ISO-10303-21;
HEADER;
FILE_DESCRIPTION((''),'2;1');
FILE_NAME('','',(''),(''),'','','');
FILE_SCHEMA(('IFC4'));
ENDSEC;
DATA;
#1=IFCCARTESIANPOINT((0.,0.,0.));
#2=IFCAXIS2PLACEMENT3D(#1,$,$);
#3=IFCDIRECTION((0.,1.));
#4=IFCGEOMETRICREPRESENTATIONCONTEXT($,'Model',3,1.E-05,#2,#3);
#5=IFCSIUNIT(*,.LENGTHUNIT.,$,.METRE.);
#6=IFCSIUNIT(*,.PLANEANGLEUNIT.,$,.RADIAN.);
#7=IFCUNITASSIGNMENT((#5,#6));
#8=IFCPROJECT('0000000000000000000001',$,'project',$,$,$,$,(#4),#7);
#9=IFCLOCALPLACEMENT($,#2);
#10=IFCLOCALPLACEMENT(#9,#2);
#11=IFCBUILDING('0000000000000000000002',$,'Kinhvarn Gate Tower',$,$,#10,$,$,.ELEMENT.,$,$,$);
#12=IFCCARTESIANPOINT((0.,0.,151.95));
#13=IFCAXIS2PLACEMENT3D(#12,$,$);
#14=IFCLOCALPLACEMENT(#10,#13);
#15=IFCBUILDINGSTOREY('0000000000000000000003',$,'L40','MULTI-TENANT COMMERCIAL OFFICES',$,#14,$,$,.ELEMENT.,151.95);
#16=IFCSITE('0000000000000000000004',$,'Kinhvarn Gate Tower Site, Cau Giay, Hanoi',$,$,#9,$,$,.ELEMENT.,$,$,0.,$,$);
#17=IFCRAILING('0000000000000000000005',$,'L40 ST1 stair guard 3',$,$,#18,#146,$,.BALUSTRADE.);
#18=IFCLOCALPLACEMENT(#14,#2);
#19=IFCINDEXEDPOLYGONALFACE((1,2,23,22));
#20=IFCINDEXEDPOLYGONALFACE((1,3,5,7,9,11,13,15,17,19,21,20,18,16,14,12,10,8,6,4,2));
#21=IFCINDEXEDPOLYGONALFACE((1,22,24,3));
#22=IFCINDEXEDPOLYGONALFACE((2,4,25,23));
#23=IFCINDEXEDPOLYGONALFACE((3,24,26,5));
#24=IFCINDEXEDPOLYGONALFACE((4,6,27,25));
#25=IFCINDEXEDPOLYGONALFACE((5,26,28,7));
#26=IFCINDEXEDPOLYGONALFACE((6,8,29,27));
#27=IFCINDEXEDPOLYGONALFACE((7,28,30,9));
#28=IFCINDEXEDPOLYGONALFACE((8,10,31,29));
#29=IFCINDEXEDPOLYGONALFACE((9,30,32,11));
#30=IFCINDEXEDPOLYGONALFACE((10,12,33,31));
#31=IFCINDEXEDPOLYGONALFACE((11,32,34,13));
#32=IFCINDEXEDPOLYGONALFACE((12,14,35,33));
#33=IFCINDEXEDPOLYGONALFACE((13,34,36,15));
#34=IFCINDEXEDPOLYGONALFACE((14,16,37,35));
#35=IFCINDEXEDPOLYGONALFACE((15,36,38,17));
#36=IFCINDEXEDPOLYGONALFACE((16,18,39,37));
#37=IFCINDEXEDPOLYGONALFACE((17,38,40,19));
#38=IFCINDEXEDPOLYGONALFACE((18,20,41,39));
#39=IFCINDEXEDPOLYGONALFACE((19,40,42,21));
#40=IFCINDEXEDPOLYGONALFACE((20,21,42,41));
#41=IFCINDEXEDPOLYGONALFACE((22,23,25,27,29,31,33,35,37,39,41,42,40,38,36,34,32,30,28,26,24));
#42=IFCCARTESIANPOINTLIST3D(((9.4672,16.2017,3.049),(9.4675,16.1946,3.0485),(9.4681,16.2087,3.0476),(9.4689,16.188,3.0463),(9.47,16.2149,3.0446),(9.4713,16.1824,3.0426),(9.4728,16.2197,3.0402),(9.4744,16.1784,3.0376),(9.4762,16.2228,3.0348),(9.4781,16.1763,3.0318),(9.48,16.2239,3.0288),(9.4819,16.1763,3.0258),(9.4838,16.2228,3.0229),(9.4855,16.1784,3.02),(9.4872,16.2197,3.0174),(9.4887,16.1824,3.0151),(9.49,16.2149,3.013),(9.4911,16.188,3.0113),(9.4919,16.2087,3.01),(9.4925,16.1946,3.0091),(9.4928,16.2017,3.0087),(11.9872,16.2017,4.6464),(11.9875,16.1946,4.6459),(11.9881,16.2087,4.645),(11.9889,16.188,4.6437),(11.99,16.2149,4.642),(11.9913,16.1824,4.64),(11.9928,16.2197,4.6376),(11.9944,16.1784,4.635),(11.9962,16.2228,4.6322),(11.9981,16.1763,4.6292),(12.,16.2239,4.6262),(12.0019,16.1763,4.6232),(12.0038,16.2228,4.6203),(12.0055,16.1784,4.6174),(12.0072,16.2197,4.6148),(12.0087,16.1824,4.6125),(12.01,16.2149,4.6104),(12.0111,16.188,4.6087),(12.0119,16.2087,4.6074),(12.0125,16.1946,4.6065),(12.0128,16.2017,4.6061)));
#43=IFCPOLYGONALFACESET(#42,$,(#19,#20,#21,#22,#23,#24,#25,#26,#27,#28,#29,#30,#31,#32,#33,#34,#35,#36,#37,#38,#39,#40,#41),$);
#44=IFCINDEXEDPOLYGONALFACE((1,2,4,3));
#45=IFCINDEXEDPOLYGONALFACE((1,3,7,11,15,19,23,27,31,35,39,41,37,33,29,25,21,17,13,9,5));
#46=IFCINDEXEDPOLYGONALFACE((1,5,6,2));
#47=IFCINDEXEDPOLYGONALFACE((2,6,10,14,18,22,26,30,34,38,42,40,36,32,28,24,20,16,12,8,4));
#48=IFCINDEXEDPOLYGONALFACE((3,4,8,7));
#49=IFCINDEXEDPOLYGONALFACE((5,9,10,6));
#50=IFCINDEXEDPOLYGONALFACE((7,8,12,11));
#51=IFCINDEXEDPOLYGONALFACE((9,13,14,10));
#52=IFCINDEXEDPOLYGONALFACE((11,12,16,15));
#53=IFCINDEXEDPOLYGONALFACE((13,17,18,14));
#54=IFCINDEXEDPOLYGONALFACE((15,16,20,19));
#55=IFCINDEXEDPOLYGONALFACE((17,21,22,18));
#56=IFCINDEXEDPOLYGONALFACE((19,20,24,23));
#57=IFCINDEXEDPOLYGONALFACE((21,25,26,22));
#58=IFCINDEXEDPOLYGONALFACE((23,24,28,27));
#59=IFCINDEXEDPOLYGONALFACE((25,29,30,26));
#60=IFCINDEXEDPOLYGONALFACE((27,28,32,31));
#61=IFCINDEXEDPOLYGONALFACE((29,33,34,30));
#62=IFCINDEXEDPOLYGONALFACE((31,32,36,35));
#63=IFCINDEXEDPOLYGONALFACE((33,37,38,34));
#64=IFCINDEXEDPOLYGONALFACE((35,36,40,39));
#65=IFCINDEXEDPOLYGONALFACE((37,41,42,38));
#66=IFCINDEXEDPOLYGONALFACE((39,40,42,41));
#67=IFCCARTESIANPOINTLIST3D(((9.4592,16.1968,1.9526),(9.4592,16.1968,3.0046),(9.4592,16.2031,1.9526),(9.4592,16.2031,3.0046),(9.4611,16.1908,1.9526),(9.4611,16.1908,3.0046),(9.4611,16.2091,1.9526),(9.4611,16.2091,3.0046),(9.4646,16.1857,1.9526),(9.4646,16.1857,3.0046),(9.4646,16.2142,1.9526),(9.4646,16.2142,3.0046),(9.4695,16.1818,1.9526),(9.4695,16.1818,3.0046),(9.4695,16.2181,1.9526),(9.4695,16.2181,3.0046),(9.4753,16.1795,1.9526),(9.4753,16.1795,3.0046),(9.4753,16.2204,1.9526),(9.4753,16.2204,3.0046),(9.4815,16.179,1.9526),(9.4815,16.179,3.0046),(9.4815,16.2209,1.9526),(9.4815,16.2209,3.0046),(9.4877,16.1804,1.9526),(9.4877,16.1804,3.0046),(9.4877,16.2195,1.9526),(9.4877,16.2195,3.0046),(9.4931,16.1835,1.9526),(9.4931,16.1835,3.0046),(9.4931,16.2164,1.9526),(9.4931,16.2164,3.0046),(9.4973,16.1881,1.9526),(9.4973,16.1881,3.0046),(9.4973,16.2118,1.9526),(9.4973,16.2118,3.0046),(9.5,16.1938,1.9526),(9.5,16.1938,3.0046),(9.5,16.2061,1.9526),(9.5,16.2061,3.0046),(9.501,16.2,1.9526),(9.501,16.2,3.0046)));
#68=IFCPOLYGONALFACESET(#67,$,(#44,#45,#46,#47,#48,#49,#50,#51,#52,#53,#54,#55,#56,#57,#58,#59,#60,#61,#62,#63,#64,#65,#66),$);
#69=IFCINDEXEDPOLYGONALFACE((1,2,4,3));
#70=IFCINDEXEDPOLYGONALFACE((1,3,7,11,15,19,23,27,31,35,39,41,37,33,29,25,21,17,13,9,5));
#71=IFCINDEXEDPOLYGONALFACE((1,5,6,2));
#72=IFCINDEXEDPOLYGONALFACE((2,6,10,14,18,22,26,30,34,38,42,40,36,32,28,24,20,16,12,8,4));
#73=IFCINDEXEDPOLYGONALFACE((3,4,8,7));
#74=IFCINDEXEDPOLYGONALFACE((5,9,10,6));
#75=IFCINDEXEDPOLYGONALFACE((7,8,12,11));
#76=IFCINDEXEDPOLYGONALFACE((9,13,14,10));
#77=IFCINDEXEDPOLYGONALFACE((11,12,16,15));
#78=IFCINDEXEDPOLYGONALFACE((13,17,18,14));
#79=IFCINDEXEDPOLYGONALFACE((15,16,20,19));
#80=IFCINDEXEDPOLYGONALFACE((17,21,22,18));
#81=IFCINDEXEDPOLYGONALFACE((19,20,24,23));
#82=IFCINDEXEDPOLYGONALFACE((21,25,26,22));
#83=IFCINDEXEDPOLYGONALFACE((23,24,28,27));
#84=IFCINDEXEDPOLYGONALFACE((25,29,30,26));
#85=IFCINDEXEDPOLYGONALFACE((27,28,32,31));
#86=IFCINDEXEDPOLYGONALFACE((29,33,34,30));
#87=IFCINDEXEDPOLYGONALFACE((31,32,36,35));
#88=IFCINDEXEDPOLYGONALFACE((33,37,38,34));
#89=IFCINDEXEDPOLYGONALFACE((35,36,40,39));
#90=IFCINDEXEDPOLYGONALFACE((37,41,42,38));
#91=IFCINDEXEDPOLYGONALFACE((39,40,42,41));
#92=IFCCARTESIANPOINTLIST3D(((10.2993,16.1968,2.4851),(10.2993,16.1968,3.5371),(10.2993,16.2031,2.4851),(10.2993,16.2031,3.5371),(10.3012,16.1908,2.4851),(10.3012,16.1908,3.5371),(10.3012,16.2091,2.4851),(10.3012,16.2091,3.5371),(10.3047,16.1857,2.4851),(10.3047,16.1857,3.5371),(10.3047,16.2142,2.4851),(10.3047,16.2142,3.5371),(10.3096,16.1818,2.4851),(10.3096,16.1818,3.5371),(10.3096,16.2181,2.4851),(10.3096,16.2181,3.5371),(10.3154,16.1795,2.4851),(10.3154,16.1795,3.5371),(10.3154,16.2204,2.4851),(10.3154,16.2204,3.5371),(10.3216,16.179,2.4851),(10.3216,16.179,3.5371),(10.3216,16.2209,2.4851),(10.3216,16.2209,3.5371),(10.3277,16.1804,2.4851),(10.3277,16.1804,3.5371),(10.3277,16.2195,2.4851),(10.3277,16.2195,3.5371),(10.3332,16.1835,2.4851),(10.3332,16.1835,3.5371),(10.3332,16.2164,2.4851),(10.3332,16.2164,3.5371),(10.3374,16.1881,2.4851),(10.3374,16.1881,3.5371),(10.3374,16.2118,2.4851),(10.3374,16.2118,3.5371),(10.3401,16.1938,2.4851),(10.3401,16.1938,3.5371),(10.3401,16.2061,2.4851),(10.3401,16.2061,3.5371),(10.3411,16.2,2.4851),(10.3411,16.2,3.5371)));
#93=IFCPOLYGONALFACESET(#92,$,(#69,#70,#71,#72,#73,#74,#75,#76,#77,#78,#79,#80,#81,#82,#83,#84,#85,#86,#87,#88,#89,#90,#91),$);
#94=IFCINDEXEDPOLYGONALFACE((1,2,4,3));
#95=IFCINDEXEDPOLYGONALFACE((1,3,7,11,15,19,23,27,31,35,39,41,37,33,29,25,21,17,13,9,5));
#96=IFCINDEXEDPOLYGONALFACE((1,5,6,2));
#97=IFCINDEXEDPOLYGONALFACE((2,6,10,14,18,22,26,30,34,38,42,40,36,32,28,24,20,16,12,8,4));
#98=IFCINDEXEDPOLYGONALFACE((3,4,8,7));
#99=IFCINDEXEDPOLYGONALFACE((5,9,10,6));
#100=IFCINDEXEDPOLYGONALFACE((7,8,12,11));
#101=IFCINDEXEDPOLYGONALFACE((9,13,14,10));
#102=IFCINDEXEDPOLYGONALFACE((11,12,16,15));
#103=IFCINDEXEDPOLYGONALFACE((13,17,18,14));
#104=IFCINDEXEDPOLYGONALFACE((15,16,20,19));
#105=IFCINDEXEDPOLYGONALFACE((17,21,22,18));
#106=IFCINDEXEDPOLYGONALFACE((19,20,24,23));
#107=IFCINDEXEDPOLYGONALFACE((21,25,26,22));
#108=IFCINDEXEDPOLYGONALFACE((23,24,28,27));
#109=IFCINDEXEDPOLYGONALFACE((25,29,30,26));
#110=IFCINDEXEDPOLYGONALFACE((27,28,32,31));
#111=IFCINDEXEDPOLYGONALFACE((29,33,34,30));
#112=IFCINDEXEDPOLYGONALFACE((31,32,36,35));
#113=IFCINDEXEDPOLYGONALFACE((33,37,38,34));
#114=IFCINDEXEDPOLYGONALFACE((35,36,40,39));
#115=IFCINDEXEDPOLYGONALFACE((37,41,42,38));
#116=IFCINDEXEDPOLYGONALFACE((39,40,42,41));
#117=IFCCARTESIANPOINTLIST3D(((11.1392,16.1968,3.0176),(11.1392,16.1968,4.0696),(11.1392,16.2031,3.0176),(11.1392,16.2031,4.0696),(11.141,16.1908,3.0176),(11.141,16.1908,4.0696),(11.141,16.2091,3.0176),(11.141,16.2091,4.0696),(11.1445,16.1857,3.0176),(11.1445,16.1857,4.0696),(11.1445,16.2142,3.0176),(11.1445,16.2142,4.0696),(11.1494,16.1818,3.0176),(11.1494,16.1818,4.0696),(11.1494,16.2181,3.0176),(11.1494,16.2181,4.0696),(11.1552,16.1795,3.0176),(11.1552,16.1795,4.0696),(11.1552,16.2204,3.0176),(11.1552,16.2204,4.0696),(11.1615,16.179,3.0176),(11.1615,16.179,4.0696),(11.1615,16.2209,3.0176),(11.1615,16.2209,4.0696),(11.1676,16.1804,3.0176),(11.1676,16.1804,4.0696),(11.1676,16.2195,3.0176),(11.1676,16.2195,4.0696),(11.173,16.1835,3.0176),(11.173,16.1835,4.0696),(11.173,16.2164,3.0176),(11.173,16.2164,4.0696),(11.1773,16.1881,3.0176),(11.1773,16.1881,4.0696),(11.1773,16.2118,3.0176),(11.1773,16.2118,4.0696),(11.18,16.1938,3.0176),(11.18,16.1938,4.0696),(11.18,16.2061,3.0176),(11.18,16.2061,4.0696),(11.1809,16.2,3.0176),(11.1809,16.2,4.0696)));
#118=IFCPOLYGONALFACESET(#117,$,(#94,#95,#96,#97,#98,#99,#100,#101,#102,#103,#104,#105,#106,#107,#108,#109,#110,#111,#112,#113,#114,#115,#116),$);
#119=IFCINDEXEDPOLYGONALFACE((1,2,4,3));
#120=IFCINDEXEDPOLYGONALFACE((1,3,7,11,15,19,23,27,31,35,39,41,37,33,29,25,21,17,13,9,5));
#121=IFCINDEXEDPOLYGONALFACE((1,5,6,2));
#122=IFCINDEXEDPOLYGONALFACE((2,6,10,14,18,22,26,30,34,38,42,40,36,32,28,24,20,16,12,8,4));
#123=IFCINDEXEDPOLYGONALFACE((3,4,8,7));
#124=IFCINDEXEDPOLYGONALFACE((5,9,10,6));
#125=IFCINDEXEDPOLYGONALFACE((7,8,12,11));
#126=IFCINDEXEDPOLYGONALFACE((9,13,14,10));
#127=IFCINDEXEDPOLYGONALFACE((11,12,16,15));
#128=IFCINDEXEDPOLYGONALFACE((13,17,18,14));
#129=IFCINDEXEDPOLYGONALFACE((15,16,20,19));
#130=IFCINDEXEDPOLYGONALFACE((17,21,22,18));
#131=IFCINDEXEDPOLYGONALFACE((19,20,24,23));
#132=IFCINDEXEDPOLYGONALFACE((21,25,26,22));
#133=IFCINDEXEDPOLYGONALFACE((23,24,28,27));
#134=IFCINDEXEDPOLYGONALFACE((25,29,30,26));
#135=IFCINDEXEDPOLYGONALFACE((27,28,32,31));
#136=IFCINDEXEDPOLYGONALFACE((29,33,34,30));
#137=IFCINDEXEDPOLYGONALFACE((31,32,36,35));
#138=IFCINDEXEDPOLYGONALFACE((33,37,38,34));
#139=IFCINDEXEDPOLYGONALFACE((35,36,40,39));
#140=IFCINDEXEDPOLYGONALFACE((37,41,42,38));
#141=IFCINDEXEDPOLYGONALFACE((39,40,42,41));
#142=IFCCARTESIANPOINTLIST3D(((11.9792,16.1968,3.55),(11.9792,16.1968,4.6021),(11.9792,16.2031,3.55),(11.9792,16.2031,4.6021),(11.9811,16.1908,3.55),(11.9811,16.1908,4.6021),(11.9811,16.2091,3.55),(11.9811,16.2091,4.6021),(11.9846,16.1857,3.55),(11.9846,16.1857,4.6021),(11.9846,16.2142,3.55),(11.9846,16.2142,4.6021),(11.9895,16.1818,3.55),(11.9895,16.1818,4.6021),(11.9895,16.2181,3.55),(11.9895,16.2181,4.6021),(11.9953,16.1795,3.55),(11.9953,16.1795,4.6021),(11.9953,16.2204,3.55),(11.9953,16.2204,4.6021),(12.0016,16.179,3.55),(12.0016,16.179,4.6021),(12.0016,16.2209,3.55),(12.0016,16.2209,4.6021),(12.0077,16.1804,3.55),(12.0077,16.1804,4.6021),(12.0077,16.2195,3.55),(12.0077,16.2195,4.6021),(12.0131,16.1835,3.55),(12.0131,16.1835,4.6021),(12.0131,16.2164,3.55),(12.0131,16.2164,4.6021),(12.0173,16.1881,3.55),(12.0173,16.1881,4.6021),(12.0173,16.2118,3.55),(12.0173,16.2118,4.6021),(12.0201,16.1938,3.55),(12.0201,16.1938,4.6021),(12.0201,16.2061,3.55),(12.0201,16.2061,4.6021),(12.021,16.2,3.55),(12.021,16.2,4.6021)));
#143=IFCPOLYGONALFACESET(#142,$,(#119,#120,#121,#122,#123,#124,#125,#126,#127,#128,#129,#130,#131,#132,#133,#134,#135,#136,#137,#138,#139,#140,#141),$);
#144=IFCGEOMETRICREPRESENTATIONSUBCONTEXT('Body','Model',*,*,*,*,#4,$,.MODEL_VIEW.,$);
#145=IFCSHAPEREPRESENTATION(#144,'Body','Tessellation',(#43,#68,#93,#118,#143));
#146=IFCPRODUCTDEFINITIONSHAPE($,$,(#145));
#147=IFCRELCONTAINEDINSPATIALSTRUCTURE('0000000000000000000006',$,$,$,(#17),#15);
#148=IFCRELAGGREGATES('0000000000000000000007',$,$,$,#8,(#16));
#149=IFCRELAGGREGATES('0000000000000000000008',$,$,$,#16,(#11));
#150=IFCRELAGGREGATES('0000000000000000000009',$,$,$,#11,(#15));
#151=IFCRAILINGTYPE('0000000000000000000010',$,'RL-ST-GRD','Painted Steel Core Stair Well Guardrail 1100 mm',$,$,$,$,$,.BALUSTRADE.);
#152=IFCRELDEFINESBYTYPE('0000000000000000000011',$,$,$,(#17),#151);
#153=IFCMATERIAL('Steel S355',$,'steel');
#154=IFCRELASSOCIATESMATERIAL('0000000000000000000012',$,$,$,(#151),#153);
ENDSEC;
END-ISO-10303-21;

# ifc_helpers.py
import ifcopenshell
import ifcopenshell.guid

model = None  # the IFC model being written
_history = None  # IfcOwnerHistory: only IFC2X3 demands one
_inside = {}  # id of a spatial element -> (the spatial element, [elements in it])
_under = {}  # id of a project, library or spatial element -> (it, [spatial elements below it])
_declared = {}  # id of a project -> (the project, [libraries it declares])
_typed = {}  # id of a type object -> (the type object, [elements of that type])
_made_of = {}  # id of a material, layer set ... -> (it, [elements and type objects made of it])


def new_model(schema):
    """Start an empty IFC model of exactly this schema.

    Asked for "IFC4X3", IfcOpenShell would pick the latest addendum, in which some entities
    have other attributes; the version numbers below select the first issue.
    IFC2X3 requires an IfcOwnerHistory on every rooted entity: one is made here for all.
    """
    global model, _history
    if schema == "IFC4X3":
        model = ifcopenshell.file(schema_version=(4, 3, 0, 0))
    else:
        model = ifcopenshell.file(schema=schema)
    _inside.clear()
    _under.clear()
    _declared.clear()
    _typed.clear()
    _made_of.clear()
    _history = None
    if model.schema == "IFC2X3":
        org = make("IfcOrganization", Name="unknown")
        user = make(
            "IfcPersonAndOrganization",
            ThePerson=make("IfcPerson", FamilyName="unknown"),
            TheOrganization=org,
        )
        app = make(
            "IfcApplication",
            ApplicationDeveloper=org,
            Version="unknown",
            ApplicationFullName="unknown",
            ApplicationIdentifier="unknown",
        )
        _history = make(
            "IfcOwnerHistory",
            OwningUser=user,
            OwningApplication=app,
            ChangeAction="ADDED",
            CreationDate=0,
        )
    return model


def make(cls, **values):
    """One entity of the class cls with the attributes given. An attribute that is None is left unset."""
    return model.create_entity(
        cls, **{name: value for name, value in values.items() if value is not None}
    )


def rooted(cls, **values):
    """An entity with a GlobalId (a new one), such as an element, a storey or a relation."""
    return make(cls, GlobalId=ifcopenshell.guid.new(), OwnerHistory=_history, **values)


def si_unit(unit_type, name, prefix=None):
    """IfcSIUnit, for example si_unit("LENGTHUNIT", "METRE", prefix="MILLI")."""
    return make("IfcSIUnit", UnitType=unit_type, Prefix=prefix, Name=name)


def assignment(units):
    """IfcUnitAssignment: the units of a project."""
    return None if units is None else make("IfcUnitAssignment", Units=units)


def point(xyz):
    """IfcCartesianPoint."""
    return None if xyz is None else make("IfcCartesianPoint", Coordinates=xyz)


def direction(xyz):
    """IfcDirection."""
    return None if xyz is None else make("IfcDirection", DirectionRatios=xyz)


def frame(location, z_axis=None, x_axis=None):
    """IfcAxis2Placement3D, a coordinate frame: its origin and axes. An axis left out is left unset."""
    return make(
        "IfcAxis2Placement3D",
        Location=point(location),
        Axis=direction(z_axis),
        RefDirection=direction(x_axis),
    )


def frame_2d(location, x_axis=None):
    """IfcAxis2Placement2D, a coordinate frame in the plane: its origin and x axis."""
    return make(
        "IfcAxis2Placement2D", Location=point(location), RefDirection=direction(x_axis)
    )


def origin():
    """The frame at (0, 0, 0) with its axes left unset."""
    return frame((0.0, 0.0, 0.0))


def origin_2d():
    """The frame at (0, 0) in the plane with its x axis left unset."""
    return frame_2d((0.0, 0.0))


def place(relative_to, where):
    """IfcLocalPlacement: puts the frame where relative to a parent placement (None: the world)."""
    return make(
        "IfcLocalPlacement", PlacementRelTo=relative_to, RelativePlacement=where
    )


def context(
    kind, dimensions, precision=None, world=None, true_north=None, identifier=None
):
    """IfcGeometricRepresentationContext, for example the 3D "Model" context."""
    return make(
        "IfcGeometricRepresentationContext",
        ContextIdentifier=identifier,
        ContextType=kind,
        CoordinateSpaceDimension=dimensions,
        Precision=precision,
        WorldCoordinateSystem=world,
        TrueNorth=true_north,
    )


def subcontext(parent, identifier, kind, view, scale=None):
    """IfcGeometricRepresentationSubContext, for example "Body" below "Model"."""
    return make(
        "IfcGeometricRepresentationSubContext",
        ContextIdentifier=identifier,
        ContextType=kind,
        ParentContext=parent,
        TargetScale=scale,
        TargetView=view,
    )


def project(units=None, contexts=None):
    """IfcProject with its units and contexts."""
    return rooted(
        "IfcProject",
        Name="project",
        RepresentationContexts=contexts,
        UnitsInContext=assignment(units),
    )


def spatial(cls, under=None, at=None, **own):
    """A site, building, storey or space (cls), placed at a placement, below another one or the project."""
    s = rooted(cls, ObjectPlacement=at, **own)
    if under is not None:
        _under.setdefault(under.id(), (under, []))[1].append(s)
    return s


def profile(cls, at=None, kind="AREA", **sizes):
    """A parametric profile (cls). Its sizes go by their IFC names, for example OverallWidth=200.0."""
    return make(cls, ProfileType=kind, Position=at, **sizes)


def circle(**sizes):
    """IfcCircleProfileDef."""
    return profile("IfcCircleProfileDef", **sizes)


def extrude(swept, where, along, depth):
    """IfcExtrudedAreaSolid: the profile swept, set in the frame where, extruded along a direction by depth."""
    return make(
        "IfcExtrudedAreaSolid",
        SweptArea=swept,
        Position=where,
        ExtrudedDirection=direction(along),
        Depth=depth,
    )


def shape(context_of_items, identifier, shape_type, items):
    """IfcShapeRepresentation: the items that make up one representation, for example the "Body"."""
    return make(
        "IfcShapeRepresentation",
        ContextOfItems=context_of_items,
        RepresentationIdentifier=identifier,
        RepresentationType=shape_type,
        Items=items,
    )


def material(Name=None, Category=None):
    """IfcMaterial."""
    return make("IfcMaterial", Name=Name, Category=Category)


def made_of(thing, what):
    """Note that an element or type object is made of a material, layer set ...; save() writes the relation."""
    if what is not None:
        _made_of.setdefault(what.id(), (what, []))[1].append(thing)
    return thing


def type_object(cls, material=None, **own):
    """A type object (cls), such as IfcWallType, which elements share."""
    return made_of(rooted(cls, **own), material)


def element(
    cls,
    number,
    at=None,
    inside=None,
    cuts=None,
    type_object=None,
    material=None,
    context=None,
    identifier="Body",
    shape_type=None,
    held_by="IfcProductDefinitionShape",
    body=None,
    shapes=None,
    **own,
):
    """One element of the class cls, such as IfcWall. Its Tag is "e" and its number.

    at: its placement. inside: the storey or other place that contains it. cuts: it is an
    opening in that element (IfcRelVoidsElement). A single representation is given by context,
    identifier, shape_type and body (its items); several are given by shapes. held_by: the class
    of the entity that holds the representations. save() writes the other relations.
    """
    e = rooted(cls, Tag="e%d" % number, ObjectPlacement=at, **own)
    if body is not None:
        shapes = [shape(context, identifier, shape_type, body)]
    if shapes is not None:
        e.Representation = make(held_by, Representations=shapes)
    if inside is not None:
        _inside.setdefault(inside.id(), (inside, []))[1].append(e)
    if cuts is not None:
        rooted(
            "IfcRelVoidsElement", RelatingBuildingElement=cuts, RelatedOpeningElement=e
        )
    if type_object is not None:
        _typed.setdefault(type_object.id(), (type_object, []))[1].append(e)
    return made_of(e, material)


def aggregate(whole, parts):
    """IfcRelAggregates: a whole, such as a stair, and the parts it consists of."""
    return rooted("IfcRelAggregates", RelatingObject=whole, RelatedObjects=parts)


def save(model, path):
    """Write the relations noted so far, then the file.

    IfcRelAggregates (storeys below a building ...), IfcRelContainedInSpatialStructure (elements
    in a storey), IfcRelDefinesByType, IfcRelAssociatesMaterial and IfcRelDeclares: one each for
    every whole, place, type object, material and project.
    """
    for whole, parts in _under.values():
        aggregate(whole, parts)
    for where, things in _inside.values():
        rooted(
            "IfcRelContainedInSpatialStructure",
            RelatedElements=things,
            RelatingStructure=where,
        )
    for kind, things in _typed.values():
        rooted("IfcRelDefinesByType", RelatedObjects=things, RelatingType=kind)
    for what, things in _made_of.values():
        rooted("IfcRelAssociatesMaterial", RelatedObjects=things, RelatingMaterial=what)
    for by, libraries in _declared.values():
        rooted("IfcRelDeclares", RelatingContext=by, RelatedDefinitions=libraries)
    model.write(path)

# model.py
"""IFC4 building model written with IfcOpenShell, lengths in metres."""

from ifc_helpers import new_model, si_unit, direction, frame, origin, origin_2d, place, context, subcontext, project, spatial, circle, extrude, material, type_object, element, save


model = new_model("IFC4")

# Units and contexts
model_context = context("Model", 3, precision=1e-05, world=origin(), true_north=direction((0.0, 1.0)))
body_context = subcontext(model_context, "Body", "Model", "MODEL_VIEW")
ifc_project = project(units=[si_unit("LENGTHUNIT", "METRE"), si_unit("PLANEANGLEUNIT", "RADIAN")], contexts=[model_context])

# Site, building, storey
site_placement = place(None, origin())
site = spatial("IfcSite", under=ifc_project, at=site_placement, Name="Kinhvarn Gate Tower Site, Cau Giay, Hanoi", CompositionType="ELEMENT", RefElevation=0.0)
building_placement = place(site_placement, origin())
building = spatial("IfcBuilding", under=site, at=building_placement, Name="Kinhvarn Gate Tower", CompositionType="ELEMENT")
storey_placement = place(building_placement, frame((0.0, 0.0, 151.95)))
storey = spatial("IfcBuildingStorey", under=building, at=storey_placement, Name="L40", Description="MULTI-TENANT COMMERCIAL OFFICES", CompositionType="ELEMENT", Elevation=151.95)

# Shared definitions
ifc_material_1 = material(Name="Steel S355", Category="steel")

# Railing
railing_type_1 = type_object("IfcRailingType", Name="RL-ST-GRD", Description="Painted Steel Core Stair Well Guardrail 1100 mm", PredefinedType="BALUSTRADE", material=ifc_material_1)
railing_1_placement = place(storey_placement, frame((9.48, 16.2, 1.9526)))
element("IfcRailing", 1, at=railing_1_placement, inside=storey, type_object=railing_type_1, Name="L40 ST1 stair guard 3", PredefinedType="BALUSTRADE", context=body_context, shape_type="SweptSolid", body=[
    extrude(circle(Radius=0.0239, at=origin_2d()), frame((0.0, 0.0, 1.0762), z_axis=(0.844607, 0.0, 0.535387), x_axis=(0.0, 1.0, 0.0)), (0.0, 0.0, 1.0), 2.9836),
    extrude(circle(Radius=0.021, at=origin_2d()), origin(), (0.0, 0.0, 1.0), 1.052),
    extrude(circle(Radius=0.021, at=origin_2d()), frame((0.8401, 0.0, 0.5325)), (0.0, 0.0, 1.0), 1.052),
    extrude(circle(Radius=0.021, at=origin_2d()), frame((1.6799, 0.0, 1.0649)), (0.0, 0.0, 1.0), 1.052),
    extrude(circle(Radius=0.021, at=origin_2d()), frame((2.52, 0.0, 1.5974)), (0.0, 0.0, 1.0), 1.052),
])

save(model, "model.ifc")
